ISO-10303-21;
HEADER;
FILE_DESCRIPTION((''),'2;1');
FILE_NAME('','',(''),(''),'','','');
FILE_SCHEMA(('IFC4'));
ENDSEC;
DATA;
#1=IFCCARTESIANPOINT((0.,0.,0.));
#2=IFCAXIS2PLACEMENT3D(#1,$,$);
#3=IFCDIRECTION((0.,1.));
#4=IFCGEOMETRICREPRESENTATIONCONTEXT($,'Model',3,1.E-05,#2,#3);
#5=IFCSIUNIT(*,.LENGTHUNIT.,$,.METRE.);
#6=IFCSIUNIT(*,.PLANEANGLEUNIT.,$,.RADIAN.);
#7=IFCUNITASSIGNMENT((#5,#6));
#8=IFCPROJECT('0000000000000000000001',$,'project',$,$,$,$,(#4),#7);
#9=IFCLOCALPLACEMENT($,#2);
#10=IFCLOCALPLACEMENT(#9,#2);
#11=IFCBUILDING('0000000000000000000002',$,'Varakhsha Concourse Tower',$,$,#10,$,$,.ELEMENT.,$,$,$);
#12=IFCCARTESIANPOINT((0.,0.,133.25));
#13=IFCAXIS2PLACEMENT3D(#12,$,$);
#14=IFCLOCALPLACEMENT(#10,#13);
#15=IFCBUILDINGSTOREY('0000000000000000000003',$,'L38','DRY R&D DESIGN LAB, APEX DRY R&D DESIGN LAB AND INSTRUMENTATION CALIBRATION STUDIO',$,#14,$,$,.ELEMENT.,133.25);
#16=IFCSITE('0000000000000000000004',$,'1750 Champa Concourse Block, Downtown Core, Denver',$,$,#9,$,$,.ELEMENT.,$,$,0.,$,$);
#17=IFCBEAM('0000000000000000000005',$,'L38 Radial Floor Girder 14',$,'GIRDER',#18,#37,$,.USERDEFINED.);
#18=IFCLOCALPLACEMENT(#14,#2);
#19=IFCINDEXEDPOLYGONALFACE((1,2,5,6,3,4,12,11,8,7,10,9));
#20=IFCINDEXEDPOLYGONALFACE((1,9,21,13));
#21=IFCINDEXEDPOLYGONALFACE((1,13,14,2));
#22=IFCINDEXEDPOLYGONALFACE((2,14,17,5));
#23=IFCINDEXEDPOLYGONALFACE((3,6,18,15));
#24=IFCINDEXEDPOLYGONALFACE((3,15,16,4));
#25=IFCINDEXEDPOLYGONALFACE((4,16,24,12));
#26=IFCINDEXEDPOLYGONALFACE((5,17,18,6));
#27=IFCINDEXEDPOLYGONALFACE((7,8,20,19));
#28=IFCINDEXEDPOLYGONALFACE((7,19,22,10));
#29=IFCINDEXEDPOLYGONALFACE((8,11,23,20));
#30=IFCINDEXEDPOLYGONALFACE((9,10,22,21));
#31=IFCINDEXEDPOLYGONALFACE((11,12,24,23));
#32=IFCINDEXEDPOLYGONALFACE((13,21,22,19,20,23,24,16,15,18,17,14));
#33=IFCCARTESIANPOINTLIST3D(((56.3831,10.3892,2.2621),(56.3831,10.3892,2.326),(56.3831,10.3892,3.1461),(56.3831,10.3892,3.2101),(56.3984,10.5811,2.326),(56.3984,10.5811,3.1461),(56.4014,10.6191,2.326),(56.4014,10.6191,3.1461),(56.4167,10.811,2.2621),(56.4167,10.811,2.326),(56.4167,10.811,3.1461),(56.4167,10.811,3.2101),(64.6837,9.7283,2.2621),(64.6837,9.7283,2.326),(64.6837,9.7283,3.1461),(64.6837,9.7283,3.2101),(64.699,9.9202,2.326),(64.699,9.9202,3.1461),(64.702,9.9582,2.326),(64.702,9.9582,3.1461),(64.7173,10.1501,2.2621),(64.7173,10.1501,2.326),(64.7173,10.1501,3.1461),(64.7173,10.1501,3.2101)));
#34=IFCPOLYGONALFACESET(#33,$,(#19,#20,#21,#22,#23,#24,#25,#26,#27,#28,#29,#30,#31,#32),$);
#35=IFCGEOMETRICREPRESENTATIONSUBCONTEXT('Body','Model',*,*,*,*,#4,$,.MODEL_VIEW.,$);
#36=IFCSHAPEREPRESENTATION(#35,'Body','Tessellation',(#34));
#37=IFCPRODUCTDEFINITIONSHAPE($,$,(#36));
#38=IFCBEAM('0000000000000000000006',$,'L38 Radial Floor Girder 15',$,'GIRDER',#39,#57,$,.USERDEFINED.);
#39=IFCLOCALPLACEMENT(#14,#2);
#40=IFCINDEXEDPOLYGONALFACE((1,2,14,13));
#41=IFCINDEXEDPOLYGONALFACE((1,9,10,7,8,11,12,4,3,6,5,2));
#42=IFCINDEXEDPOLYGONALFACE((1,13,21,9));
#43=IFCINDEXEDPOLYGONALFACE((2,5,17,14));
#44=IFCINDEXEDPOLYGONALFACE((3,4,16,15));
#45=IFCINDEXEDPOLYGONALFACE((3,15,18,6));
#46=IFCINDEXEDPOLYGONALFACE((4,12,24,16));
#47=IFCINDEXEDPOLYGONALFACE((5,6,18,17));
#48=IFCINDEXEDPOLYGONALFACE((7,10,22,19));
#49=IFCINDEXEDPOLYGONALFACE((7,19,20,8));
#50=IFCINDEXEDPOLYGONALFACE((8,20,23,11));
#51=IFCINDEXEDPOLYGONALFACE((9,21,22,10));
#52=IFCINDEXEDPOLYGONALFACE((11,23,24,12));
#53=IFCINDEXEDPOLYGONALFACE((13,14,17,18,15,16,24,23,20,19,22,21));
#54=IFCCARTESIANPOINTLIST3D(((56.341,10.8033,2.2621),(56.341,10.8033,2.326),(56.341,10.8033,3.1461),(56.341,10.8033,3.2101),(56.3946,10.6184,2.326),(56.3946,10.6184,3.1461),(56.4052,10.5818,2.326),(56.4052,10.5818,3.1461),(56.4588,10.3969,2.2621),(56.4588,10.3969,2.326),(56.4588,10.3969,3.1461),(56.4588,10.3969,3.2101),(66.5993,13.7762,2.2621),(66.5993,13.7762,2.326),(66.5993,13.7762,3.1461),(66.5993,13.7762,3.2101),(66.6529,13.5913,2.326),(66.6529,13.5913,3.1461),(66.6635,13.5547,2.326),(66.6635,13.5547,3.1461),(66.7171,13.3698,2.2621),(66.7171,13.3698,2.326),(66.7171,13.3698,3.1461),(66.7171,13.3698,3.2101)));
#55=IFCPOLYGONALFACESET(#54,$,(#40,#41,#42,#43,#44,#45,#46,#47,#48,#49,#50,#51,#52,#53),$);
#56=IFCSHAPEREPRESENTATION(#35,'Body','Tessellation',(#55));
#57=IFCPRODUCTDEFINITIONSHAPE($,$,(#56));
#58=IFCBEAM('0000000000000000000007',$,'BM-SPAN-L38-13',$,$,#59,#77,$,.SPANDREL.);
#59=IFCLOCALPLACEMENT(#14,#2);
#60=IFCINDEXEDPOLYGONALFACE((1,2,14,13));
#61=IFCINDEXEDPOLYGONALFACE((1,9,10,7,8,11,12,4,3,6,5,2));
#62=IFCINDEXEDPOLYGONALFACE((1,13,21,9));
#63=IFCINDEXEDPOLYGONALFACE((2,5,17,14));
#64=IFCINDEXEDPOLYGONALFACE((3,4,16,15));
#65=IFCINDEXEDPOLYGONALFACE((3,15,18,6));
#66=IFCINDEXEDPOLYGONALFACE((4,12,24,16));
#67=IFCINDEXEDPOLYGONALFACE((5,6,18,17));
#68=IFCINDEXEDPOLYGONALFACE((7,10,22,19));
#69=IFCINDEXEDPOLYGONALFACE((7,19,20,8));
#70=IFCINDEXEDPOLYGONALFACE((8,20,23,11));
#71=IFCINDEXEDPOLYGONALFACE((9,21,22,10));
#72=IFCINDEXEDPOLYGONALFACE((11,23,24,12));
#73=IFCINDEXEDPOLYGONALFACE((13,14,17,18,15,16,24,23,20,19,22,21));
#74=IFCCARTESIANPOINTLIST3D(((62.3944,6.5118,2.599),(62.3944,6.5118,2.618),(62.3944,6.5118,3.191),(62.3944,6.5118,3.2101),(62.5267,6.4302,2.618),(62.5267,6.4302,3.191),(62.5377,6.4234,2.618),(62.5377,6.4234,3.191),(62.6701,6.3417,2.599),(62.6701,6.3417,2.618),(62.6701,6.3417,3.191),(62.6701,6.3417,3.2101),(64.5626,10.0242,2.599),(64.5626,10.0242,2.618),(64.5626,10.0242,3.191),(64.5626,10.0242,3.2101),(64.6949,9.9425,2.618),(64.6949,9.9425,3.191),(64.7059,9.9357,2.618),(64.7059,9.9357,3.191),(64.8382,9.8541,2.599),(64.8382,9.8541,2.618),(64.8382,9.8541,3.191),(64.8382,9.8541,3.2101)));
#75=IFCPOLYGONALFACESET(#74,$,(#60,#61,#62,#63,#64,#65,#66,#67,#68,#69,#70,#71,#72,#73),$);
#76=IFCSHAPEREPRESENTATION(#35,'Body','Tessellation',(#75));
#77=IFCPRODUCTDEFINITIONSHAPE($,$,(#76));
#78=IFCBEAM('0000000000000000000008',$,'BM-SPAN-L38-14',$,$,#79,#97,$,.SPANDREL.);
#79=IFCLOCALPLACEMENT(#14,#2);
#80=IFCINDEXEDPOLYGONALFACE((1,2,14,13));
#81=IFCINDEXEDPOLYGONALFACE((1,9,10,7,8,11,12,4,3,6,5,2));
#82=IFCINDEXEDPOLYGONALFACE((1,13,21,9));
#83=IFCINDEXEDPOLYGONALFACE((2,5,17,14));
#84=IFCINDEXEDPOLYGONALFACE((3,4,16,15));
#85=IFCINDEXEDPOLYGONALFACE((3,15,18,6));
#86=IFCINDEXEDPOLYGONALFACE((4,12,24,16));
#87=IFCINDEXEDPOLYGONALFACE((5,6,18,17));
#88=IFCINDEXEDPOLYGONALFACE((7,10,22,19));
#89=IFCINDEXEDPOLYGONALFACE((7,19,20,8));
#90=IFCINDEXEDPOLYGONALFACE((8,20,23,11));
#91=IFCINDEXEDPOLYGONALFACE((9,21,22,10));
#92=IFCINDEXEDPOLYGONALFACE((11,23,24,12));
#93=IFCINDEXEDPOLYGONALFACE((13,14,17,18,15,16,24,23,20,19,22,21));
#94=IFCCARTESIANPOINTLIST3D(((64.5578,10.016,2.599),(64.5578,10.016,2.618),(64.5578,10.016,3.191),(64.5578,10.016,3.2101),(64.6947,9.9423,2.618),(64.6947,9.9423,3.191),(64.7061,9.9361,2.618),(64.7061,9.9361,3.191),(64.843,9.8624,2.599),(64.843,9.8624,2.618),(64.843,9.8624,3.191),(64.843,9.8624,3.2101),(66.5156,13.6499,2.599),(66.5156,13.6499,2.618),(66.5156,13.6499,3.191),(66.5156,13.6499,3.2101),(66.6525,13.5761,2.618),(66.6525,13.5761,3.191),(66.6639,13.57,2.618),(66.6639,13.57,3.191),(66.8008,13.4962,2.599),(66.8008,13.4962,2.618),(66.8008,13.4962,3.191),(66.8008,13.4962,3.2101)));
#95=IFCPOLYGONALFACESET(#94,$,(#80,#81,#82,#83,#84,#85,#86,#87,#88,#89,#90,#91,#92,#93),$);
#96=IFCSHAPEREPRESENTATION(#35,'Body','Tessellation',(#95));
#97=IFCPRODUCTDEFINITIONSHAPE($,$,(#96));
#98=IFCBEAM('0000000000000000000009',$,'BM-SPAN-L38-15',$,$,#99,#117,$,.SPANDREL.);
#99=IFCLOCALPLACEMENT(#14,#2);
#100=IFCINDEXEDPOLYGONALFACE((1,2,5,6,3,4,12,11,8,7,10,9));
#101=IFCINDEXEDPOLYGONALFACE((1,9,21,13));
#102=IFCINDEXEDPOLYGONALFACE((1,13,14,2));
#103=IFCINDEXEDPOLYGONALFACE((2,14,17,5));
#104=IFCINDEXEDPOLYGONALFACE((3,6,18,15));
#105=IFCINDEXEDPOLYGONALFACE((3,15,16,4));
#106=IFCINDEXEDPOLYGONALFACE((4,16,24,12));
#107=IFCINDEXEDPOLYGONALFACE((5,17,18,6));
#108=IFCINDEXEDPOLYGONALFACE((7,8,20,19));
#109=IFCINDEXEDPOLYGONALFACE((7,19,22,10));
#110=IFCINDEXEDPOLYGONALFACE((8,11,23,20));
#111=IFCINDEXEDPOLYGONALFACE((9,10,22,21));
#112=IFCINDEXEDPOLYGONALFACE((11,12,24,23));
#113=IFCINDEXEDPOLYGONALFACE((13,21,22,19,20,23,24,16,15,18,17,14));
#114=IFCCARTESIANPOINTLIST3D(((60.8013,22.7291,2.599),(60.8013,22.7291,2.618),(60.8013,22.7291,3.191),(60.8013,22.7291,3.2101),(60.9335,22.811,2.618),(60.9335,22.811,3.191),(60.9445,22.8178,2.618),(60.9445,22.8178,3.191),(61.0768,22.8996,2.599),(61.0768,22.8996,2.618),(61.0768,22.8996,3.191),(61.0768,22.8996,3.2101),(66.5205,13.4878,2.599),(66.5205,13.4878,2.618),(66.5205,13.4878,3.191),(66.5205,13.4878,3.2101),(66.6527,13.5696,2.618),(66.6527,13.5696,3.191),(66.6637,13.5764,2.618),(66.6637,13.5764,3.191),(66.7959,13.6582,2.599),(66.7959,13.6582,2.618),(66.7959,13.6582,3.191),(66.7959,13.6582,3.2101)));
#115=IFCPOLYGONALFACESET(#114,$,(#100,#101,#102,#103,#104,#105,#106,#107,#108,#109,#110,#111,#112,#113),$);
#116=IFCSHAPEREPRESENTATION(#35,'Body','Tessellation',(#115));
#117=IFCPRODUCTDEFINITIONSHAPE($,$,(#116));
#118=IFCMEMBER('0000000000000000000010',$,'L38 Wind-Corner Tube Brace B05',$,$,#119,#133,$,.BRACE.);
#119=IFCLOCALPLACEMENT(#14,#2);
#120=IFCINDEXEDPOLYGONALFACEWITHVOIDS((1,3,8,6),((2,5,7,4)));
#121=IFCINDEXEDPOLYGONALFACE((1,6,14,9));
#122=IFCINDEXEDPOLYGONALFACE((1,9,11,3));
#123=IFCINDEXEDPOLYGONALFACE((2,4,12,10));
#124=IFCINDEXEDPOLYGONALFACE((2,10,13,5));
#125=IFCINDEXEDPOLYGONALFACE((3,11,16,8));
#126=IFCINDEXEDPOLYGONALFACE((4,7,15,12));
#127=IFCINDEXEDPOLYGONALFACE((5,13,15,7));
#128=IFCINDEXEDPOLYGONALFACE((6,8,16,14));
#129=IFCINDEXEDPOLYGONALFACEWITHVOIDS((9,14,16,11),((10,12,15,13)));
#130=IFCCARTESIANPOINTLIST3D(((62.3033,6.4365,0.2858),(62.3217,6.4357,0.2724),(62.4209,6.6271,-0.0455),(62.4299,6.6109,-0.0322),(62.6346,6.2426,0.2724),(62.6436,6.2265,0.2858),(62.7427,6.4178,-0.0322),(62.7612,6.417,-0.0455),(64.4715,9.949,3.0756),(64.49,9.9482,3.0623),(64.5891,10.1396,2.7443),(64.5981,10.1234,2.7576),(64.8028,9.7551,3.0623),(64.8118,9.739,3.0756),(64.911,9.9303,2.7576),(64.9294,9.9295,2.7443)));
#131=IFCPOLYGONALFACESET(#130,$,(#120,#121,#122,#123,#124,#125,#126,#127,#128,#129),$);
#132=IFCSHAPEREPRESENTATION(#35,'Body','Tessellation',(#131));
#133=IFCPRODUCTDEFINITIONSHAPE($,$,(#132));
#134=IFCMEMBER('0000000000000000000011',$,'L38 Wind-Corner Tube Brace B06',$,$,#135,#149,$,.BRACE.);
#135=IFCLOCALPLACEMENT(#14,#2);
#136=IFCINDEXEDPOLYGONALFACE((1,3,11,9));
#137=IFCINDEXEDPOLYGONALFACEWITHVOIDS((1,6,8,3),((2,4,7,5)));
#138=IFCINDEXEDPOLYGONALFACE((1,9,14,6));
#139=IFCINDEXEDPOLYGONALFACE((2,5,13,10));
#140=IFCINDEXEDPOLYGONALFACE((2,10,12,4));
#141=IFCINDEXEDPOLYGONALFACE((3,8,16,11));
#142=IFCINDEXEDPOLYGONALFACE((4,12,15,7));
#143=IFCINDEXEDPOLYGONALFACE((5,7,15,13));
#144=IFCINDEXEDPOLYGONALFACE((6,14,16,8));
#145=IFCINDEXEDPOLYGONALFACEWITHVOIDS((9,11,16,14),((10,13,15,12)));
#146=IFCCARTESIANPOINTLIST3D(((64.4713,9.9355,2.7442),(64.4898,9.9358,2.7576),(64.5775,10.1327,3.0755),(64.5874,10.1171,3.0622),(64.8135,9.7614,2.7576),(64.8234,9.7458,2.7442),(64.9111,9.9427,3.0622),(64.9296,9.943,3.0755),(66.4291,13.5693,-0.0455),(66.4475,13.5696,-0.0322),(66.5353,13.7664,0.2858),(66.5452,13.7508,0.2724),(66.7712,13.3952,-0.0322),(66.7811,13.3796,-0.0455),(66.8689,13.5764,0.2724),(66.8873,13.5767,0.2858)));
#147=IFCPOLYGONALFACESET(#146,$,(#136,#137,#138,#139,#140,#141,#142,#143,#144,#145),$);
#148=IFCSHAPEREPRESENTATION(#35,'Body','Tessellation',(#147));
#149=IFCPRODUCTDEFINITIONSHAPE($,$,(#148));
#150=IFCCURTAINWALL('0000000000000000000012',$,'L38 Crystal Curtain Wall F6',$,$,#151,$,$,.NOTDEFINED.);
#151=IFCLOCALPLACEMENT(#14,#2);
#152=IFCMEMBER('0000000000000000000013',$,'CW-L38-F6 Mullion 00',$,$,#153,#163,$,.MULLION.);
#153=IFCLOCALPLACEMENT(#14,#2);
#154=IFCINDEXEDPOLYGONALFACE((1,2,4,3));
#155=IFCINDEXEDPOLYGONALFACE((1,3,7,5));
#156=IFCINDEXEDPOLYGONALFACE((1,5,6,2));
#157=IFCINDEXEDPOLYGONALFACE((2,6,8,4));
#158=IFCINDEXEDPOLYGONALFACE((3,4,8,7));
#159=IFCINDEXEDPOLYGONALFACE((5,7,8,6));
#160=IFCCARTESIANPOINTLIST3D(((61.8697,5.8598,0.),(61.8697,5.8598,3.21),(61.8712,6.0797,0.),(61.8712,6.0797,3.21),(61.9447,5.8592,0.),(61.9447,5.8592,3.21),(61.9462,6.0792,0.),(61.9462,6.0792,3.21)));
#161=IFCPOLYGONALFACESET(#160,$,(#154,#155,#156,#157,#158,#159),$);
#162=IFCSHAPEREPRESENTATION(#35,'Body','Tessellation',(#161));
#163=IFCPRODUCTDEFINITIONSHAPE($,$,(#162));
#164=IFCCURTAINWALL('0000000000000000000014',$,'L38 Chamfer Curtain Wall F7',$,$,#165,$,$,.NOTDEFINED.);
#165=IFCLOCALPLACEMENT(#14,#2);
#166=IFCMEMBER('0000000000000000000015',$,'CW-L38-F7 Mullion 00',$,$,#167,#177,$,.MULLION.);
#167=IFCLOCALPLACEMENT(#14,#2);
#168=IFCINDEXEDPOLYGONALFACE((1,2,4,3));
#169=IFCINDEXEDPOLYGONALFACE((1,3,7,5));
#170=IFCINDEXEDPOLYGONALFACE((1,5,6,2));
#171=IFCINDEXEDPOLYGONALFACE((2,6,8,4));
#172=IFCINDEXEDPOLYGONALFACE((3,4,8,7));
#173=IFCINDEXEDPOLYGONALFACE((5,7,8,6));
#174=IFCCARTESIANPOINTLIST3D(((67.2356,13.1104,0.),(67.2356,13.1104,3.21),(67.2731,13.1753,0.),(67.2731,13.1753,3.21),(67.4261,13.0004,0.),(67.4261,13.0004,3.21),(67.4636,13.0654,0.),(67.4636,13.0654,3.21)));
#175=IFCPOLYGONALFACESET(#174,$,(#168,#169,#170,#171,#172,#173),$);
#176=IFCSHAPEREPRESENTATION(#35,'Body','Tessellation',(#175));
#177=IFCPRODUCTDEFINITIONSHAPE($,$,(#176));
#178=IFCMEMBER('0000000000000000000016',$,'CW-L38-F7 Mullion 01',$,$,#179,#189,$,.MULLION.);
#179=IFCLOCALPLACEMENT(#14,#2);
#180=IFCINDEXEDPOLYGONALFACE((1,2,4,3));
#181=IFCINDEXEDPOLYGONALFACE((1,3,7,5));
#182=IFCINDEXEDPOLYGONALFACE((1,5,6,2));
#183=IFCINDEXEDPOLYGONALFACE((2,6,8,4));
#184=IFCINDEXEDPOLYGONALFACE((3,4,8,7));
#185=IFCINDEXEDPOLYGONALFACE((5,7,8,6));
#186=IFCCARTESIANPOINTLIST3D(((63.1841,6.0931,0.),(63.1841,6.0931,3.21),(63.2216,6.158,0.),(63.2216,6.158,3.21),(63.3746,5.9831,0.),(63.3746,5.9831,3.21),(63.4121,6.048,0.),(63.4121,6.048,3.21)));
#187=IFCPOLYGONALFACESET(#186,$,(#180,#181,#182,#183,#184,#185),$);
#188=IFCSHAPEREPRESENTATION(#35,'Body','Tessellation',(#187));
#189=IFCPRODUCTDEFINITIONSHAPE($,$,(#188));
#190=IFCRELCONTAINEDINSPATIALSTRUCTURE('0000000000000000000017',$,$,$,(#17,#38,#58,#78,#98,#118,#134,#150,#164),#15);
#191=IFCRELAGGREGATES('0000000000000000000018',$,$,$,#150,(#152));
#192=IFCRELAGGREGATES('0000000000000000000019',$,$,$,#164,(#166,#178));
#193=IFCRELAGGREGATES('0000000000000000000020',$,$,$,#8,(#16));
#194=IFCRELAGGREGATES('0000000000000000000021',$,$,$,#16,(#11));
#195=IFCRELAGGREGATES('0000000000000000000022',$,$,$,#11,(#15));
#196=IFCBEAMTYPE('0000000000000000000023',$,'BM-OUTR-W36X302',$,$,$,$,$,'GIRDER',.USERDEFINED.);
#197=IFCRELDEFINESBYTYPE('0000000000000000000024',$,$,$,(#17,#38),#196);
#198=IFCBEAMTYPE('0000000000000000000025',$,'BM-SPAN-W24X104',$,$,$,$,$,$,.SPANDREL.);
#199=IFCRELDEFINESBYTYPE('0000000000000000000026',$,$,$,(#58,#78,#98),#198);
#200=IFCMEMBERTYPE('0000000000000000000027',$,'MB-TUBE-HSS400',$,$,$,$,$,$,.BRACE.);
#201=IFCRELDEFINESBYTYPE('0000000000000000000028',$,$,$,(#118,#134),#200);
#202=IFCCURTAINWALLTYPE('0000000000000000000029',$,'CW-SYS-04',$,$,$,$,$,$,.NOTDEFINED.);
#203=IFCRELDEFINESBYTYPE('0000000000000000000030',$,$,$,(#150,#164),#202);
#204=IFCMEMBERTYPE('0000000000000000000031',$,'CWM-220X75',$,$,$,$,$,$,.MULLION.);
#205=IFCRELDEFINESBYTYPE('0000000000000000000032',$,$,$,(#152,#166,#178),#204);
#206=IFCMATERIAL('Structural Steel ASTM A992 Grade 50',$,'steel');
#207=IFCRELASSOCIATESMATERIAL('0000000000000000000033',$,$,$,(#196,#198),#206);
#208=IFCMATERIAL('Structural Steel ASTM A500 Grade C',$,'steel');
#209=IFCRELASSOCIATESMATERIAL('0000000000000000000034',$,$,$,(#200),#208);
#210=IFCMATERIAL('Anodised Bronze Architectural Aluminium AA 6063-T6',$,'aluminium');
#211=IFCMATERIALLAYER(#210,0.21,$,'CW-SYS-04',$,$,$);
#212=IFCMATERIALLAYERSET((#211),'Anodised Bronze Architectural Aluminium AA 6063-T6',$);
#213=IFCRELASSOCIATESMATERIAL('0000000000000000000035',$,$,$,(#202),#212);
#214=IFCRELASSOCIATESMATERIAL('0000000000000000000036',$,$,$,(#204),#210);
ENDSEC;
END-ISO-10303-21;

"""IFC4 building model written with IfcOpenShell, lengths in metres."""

from ifc_helpers import new_model, si_unit, direction, frame, origin, origin_2d, place, context, subcontext, project, spatial, rectangle, hollow_rectangle, i_section, extrude, source, transform, mapped, material, layer, layer_set, material_profile, profile_set, type_object, type_shapes, element, aggregate, save


model = new_model("IFC4")

# Units and contexts
model_context = context("Model", 3, precision=1e-05, world=origin(), true_north=direction((0.0, 1.0)))
body_context = subcontext(model_context, "Body", "Model", "MODEL_VIEW")
ifc_project = project(units=[si_unit("LENGTHUNIT", "METRE"), si_unit("PLANEANGLEUNIT", "RADIAN")], contexts=[model_context])

# Site, building, storey
site_placement = place(None, origin())
site = spatial("IfcSite", under=ifc_project, at=site_placement, Name="1750 Champa Concourse Block, Downtown Core, Denver", CompositionType="ELEMENT", RefElevation=0.0)
building_placement = place(site_placement, origin())
building = spatial("IfcBuilding", under=site, at=building_placement, Name="Varakhsha Concourse Tower", CompositionType="ELEMENT")
storey_placement = place(building_placement, frame((0.0, 0.0, 133.25)))
storey = spatial("IfcBuildingStorey", under=building, at=storey_placement, Name="L38", Description="DRY R&D DESIGN LAB, APEX DRY R&D DESIGN LAB AND INSTRUMENTATION CALIBRATION STUDIO", CompositionType="ELEMENT", Elevation=133.25)

# Shared definitions
ifc_material_1 = material(Name="Structural Steel ASTM A992 Grade 50", Category="steel")

# Beams
ifc_material_profile_1 = material_profile(ifc_material_1, i_section(OverallWidth=0.4231, OverallDepth=0.948, WebThickness=0.0381, FlangeThickness=0.064, at=origin_2d()), Name="W36X302")
ifc_profile_set_1 = profile_set([ifc_material_profile_1], Name="Structural Steel ASTM A992 Grade 50")
beam_type_1 = type_object("IfcBeamType", Name="BM-OUTR-W36X302", ElementType="GIRDER", PredefinedType="USERDEFINED", material=ifc_profile_set_1)
beam_1_placement = place(storey_placement, frame((56.3999, 10.6001, 2.7361), z_axis=(0.996845, -0.079369, 0.0), x_axis=(0.079369, 0.996845, 0.0)))
element("IfcBeam", 1, at=beam_1_placement, inside=storey, type_object=beam_type_1, Name="L38 Radial Floor Girder 14", ObjectType="GIRDER", PredefinedType="USERDEFINED", context=body_context, shape_type="SweptSolid", body=[
    extrude(i_section(OverallWidth=0.4231, OverallDepth=0.948, WebThickness=0.0381, FlangeThickness=0.064, at=origin_2d()), origin(), (0.0, 0.0, 1.0), 8.3269),
])
beam_2_placement = place(storey_placement, frame((56.3999, 10.6001, 2.7361), z_axis=(0.960479, 0.278351, 0.0), x_axis=(-0.278351, 0.960479, 0.0)))
element("IfcBeam", 2, at=beam_2_placement, inside=storey, type_object=beam_type_1, Name="L38 Radial Floor Girder 15", ObjectType="GIRDER", PredefinedType="USERDEFINED", context=body_context, shape_type="SweptSolid", body=[
    extrude(i_section(OverallWidth=0.4231, OverallDepth=0.948, WebThickness=0.0381, FlangeThickness=0.064, at=origin_2d()), origin(), (0.0, 0.0, 1.0), 10.6804),
])
ifc_material_profile_2 = material_profile(ifc_material_1, i_section(OverallWidth=0.324, OverallDepth=0.6111, WebThickness=0.0129, FlangeThickness=0.019, at=origin_2d()), Name="W24X104")
ifc_profile_set_2 = profile_set([ifc_material_profile_2], Name="Structural Steel ASTM A992 Grade 50")
beam_type_2 = type_object("IfcBeamType", Name="BM-SPAN-W24X104", PredefinedType="SPANDREL", material=ifc_profile_set_2)
for number, where, z_axis, x_axis, name in (
    (3, (62.5322, 6.4268, 2.9045), (0.525275, 0.850933, 0.0), (-0.850933, 0.525275, 0.0), "BM-SPAN-L38-13"),
    (4, (64.7004, 9.9392, 2.9045), (0.474308, 0.880359, 0.0), (-0.880359, 0.474308, 0.0), "BM-SPAN-L38-14"),
):
    element("IfcBeam", number, at=place(storey_placement, frame(where, z_axis=z_axis, x_axis=x_axis)), inside=storey, type_object=beam_type_2, Name=name, PredefinedType="SPANDREL", context=body_context, shape_type="SweptSolid", body=[
        extrude(i_section(OverallWidth=0.324, OverallDepth=0.6111, WebThickness=0.0129, FlangeThickness=0.019, at=origin_2d()), origin(), (0.0, 0.0, 1.0), 4.1277),
    ])
beam_3_placement = place(storey_placement, frame((66.6582, 13.573, 2.9045), z_axis=(-0.526244, 0.850334, 0.0), x_axis=(-0.850334, -0.526244, 0.0)))
element("IfcBeam", 5, at=beam_3_placement, inside=storey, type_object=beam_type_2, Name="BM-SPAN-L38-15", PredefinedType="SPANDREL", context=body_context, shape_type="SweptSolid", body=[
    extrude(i_section(OverallWidth=0.324, OverallDepth=0.6111, WebThickness=0.0129, FlangeThickness=0.019, at=origin_2d()), origin(), (0.0, 0.0, 1.0), 10.8679),
])

# Members
ifc_material_2 = material(Name="Structural Steel ASTM A500 Grade C", Category="steel")
ifc_material_profile_3 = material_profile(ifc_material_2, hollow_rectangle(XDim=0.3999, YDim=0.3999, WallThickness=0.0161, at=origin_2d()), Name="HSS 400x400x16")
ifc_profile_set_3 = profile_set([ifc_material_profile_3], Name="Structural Steel ASTM A500 Grade C")
member_type_1 = type_object("IfcMemberType", Name="MB-TUBE-HSS400", PredefinedType="BRACE", material=ifc_profile_set_3)
shared_shape_1 = source(origin(), body_context, "Body", "SweptSolid", [
    extrude(hollow_rectangle(XDim=0.3999, YDim=0.3999, WallThickness=0.0161, at=origin_2d()), origin(), (0.0, 0.0, 1.0), 4.9822),
])
member_1_placement = place(storey_placement, frame((62.5322, 6.4268, 0.1201), z_axis=(0.4352, 0.705013, 0.559963), x_axis=(-0.850933, 0.525275, 0.0)))
element("IfcMember", 6, at=member_1_placement, inside=storey, type_object=member_type_1, Name="L38 Wind-Corner Tube Brace B05", PredefinedType="BRACE", context=body_context, shape_type="MappedRepresentation", body=[
    mapped(shared_shape_1, transform((0.0, 0.0, 0.0), scale=1.0)),
])
shared_shape_2 = source(origin(), body_context, "Body", "SweptSolid", [
    extrude(hollow_rectangle(XDim=0.3999, YDim=0.3999, WallThickness=0.0161, at=origin_2d()), origin(), (0.0, 0.0, 1.0), 4.9819),
])
type_shapes(member_type_1, [shared_shape_1, shared_shape_2])
member_2_placement = place(storey_placement, frame((66.6582, 13.573, 0.1201), z_axis=(-0.392968, -0.729385, 0.559976), x_axis=(0.880359, -0.474308, 0.0)))
element("IfcMember", 7, at=member_2_placement, inside=storey, type_object=member_type_1, Name="L38 Wind-Corner Tube Brace B06", PredefinedType="BRACE", context=body_context, shape_type="MappedRepresentation", body=[
    mapped(shared_shape_2, transform((0.0, 0.0, 0.0), scale=1.0)),
])

# Curtain wall, member
ifc_material_3 = material(Name="Anodised Bronze Architectural Aluminium AA 6063-T6", Category="aluminium")
ifc_layer_1 = layer(ifc_material_3, 0.21, Name="CW-SYS-04")
ifc_layer_set_1 = layer_set([ifc_layer_1], Name="Anodised Bronze Architectural Aluminium AA 6063-T6")
curtain_wall_type = type_object("IfcCurtainWallType", Name="CW-SYS-04", PredefinedType="NOTDEFINED", material=ifc_layer_set_1)
curtain_wall_1_placement = place(storey_placement, origin())
curtain_wall_1 = element("IfcCurtainWall", 8, at=curtain_wall_1_placement, inside=storey, type_object=curtain_wall_type, Name="L38 Crystal Curtain Wall F6", PredefinedType="NOTDEFINED")
ifc_material_profile_4 = material_profile(ifc_material_3, rectangle(XDim=0.075, YDim=0.22, at=origin_2d()), Name="CWM-220X75")
ifc_profile_set_4 = profile_set([ifc_material_profile_4], Name="Anodised Bronze Architectural Aluminium AA 6063-T6")
member_type_2 = type_object("IfcMemberType", Name="CWM-220X75", PredefinedType="MULLION", material=ifc_profile_set_4)
shared_shape_3 = source(origin(), body_context, "Body", "SweptSolid", [
    extrude(rectangle(XDim=0.075, YDim=0.22, at=origin_2d()), origin(), (0.0, 0.0, 1.0), 3.21),
])
type_shapes(member_type_2, [shared_shape_3])
member_3_placement = place(storey_placement, frame((61.908, 5.9695, 0.0), z_axis=(0.0, 0.0, 1.0), x_axis=(-0.999977, 0.006786, 0.0)))
member_3 = element("IfcMember", 9, at=member_3_placement, type_object=member_type_2, Name="CW-L38-F6 Mullion 00", PredefinedType="MULLION", context=body_context, shape_type="MappedRepresentation", body=[
    mapped(shared_shape_3, transform((0.0, 0.0, 0.0), scale=1.0)),
])

# Curtain wall, members
curtain_wall_2_placement = place(storey_placement, origin())
curtain_wall_2 = element("IfcCurtainWall", 10, at=curtain_wall_2_placement, inside=storey, type_object=curtain_wall_type, Name="L38 Chamfer Curtain Wall F7", PredefinedType="NOTDEFINED")
member_4_placement = place(storey_placement, frame((67.3496, 13.0879, 0.0), z_axis=(0.0, 0.0, 1.0), x_axis=(-0.5, -0.866025, 0.0)))
member_4 = element("IfcMember", 11, at=member_4_placement, type_object=member_type_2, Name="CW-L38-F7 Mullion 00", PredefinedType="MULLION", context=body_context, shape_type="MappedRepresentation", body=[
    mapped(shared_shape_3, transform((0.0, 0.0, 0.0), scale=1.0)),
])
member_5_placement = place(storey_placement, frame((63.2981, 6.0706, 0.0), z_axis=(0.0, 0.0, 1.0), x_axis=(-0.5, -0.866025, 0.0)))
member_5 = element("IfcMember", 12, at=member_5_placement, type_object=member_type_2, Name="CW-L38-F7 Mullion 01", PredefinedType="MULLION", context=body_context, shape_type="MappedRepresentation", body=[
    mapped(shared_shape_3, transform((0.0, 0.0, 0.0), scale=1.0)),
])

aggregate(curtain_wall_1, [member_3])
aggregate(curtain_wall_2, [member_4, member_5])

save(model, "model.ifc")
